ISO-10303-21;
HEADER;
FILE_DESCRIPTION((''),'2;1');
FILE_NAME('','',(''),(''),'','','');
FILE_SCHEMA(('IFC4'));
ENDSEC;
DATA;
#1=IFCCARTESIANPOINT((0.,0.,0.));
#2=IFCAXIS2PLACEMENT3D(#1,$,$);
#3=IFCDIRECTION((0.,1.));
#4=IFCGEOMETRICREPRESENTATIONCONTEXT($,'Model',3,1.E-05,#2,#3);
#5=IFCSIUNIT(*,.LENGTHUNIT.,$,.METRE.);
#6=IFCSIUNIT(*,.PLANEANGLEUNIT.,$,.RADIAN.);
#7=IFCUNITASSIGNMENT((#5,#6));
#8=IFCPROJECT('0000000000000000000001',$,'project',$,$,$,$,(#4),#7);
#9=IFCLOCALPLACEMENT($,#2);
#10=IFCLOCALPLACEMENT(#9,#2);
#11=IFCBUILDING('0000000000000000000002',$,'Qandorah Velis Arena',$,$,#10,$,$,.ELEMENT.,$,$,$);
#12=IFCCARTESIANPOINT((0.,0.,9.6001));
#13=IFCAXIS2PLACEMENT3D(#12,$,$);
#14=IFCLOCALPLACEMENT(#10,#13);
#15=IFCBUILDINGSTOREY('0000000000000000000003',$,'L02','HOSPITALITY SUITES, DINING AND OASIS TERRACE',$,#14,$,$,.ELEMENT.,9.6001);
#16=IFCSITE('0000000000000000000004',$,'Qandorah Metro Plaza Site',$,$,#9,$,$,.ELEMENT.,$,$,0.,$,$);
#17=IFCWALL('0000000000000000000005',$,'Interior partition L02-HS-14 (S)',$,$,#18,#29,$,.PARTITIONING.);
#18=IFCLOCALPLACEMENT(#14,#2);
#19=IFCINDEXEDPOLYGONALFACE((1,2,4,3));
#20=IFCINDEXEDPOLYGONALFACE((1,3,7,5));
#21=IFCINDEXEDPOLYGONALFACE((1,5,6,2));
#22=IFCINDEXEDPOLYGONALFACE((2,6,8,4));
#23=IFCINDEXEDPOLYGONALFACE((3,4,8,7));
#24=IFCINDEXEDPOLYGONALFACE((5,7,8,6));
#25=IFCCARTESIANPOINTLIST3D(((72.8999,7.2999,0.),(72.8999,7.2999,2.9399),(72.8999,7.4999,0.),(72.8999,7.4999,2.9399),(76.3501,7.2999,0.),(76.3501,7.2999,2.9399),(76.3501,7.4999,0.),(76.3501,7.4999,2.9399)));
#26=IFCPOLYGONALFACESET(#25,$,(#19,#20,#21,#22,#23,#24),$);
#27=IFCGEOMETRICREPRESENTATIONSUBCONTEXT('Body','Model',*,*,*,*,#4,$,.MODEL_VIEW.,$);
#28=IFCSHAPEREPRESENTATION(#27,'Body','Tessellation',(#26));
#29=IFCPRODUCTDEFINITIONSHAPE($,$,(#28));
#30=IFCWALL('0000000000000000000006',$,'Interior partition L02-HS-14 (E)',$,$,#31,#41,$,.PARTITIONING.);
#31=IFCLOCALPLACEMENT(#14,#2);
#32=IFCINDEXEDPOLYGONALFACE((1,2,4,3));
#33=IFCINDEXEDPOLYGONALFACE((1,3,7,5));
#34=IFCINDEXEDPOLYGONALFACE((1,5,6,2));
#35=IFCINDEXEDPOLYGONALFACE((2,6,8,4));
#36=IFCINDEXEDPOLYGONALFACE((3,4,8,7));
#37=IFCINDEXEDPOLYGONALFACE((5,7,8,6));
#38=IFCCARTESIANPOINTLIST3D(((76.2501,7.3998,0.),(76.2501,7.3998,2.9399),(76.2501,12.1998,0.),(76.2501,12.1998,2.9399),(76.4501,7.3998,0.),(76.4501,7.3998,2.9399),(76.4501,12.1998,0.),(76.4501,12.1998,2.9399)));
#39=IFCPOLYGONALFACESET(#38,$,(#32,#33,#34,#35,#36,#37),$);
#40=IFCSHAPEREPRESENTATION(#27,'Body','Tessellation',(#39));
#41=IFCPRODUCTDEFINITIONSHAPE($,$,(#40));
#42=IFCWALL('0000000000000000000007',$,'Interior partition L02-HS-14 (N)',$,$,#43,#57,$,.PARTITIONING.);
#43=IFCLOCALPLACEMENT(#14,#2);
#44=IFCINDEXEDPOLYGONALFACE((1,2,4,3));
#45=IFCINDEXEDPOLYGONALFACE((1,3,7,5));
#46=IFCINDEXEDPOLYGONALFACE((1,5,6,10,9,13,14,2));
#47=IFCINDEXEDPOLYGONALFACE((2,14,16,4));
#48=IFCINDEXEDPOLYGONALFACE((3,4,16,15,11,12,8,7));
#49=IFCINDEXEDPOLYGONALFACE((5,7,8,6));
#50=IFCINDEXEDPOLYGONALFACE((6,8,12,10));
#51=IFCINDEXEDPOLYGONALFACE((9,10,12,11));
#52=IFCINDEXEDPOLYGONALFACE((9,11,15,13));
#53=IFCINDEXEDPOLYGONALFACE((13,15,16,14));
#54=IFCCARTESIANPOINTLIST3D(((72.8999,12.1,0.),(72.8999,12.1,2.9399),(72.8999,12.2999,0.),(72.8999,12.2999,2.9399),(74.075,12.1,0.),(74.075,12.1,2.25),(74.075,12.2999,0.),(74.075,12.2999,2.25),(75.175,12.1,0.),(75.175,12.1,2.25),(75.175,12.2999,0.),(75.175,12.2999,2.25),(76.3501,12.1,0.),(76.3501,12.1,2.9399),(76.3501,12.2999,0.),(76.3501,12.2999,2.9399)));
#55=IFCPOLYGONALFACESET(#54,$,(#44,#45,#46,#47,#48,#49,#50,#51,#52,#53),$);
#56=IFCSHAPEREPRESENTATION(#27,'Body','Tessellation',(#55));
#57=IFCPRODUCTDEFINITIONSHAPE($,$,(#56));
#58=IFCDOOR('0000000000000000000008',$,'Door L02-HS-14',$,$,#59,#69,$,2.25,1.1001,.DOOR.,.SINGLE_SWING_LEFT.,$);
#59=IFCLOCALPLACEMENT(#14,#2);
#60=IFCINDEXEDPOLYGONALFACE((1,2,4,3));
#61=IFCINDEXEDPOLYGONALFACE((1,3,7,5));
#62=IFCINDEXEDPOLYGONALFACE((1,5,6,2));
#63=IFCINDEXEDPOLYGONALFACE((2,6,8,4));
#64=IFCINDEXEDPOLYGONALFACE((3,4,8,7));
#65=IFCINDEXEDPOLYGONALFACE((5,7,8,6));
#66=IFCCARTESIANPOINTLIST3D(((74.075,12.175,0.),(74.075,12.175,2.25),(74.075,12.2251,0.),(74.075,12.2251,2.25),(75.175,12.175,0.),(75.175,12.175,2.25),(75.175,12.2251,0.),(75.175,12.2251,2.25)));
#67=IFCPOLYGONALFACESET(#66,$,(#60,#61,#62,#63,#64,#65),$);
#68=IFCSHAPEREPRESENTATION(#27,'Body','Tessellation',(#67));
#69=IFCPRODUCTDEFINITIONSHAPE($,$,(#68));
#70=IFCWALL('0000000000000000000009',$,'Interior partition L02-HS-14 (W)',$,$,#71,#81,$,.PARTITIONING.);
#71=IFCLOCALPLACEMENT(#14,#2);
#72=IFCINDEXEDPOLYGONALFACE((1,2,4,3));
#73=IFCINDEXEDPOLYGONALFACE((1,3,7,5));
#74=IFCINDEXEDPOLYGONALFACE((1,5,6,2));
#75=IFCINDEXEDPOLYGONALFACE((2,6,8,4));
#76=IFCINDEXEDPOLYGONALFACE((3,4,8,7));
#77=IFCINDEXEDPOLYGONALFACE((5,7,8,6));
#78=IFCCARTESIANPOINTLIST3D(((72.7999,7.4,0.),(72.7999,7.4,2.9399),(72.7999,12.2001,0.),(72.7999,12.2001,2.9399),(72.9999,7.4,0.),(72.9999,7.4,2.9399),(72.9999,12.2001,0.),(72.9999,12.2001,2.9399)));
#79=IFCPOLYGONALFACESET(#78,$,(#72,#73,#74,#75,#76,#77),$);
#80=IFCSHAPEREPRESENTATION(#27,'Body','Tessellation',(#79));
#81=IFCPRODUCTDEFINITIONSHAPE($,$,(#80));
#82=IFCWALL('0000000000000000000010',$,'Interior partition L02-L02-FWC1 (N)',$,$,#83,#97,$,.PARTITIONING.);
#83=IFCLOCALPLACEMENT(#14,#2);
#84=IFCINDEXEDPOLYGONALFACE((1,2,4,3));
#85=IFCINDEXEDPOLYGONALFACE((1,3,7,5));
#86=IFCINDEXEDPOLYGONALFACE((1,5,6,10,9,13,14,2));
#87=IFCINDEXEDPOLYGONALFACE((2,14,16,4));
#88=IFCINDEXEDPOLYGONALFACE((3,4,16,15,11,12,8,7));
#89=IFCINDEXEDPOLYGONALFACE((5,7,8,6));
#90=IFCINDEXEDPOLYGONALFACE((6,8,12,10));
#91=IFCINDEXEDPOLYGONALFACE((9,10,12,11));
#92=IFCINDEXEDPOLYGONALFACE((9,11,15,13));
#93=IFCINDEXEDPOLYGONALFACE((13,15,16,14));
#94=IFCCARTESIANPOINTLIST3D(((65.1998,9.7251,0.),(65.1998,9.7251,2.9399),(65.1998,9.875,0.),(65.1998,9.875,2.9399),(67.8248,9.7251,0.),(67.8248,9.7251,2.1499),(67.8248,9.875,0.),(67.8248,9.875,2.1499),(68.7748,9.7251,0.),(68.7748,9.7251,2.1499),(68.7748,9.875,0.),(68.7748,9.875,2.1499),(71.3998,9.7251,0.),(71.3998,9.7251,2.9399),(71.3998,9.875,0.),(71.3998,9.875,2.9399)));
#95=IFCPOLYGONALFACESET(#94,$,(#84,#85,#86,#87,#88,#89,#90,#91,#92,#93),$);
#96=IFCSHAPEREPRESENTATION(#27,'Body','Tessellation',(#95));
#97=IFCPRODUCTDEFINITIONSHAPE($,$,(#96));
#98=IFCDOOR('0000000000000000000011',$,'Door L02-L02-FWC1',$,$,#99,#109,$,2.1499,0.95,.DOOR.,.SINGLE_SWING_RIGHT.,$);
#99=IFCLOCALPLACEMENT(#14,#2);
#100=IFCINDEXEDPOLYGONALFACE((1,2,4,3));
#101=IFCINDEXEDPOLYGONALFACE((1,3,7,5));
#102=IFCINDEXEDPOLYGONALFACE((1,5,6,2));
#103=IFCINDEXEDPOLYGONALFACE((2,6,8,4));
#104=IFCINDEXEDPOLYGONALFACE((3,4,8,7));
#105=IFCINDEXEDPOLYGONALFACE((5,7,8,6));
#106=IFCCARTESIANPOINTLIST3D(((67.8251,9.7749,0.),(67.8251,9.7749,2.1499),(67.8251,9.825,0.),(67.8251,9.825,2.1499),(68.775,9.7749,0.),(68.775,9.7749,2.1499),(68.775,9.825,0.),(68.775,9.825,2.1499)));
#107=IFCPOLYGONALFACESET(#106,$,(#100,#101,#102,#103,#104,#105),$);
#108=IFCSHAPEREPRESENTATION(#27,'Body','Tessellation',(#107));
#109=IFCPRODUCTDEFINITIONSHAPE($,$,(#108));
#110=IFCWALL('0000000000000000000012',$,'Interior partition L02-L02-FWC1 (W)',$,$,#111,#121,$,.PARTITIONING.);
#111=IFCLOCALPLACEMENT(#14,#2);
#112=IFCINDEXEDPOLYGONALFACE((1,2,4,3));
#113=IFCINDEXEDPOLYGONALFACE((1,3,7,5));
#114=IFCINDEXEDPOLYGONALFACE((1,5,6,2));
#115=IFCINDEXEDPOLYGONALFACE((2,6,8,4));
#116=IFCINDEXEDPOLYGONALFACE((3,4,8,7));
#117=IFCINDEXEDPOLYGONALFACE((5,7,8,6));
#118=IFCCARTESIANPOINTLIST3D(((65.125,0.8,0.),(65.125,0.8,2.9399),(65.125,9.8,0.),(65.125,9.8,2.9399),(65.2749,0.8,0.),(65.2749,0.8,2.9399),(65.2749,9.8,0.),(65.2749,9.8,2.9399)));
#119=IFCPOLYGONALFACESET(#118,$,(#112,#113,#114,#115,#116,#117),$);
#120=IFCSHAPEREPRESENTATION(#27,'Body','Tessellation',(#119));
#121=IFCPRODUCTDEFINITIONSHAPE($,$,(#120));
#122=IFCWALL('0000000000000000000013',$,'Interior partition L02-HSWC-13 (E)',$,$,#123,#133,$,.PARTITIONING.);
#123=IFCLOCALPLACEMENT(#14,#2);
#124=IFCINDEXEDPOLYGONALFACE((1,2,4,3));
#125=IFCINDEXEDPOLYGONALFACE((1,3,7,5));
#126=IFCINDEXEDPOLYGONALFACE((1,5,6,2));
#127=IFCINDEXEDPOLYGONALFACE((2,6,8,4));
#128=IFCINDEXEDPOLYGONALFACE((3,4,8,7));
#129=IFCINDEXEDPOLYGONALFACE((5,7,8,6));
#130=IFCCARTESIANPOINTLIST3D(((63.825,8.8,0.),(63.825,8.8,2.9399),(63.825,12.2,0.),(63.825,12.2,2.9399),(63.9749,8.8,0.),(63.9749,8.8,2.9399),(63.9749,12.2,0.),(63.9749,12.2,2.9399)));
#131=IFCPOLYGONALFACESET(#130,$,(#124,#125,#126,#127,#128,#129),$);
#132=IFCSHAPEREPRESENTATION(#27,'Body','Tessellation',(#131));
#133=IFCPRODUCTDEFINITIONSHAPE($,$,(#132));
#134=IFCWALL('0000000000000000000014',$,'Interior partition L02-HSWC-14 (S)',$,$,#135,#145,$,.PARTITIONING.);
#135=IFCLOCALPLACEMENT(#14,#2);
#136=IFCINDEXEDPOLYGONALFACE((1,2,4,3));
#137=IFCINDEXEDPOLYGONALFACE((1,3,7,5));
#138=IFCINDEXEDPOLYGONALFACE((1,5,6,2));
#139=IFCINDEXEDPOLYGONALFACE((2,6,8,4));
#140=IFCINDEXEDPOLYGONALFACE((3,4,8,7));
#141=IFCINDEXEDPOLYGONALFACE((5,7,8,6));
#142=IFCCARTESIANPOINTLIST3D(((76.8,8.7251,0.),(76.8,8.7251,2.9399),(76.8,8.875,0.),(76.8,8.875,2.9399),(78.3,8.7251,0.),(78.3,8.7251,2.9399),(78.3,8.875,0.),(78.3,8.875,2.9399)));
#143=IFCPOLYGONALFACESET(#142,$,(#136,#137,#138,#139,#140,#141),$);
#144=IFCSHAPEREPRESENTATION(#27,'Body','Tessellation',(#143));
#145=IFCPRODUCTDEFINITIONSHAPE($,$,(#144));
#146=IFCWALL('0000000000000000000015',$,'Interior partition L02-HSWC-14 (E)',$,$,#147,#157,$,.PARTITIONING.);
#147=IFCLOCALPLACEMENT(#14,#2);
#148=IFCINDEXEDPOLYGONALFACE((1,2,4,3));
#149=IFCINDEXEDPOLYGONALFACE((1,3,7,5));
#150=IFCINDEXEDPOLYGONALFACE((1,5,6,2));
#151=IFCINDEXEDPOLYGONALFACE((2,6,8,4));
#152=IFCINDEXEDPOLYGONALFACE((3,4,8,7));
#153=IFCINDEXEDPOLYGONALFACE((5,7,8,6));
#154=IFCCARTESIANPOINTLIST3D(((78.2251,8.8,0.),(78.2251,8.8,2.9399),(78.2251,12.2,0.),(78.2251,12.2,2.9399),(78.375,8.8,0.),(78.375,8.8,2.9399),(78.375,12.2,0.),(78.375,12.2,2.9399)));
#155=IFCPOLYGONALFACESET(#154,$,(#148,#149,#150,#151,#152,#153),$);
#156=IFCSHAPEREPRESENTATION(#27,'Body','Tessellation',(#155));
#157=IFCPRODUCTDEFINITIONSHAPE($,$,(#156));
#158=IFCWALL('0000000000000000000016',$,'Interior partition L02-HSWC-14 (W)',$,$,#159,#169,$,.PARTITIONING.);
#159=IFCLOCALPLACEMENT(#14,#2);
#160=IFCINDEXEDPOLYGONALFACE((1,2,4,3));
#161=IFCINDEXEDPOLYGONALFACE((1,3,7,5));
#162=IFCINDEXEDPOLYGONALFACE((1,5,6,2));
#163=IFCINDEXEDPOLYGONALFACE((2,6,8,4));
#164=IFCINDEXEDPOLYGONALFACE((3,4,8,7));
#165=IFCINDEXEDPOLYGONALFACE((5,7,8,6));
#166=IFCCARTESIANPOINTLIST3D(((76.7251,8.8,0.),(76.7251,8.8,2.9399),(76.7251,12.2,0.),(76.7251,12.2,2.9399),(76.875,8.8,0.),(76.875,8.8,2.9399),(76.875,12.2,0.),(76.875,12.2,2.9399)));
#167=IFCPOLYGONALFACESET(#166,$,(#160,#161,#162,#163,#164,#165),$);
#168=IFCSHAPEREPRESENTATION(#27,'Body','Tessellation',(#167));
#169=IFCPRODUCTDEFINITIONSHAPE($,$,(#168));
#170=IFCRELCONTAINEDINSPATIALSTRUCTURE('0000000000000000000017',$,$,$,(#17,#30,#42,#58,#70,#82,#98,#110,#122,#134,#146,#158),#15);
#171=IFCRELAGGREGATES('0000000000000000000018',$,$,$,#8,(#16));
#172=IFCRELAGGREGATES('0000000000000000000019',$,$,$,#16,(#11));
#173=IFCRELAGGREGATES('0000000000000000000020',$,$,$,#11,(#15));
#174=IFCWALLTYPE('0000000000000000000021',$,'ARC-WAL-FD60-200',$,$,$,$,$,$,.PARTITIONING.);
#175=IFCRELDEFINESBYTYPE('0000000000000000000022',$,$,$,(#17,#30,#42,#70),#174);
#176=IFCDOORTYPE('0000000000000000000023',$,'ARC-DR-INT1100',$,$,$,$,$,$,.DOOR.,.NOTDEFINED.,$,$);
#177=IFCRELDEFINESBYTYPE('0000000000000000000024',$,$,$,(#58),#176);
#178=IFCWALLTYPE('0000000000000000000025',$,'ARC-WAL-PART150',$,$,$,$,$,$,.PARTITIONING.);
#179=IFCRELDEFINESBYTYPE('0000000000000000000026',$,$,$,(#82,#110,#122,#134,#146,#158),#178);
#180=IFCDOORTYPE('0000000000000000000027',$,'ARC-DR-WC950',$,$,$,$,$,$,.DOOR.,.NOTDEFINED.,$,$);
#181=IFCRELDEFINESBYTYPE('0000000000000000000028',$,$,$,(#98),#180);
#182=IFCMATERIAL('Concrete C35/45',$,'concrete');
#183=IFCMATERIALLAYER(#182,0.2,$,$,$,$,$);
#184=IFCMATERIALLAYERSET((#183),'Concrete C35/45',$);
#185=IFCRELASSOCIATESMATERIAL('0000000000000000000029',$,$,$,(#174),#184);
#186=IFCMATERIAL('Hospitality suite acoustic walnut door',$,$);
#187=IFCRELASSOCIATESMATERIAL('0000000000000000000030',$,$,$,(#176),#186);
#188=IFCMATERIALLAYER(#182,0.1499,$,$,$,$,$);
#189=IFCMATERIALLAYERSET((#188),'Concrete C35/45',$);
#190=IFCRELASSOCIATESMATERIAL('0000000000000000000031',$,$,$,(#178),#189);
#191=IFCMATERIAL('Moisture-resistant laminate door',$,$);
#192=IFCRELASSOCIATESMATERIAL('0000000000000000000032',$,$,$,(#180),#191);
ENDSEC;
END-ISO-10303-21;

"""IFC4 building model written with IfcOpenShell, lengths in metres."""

from ifc_helpers import new_model, si_unit, direction, frame, frame_2d, origin, place, context, subcontext, project, spatial, rectangle, extrude, material, layer, layer_set, type_object, element, fill, save


model = new_model("IFC4")

# Units and contexts
model_context = context("Model", 3, precision=1e-05, world=origin(), true_north=direction((0.0, 1.0)))
body_context = subcontext(model_context, "Body", "Model", "MODEL_VIEW")
ifc_project = project(units=[si_unit("LENGTHUNIT", "METRE"), si_unit("PLANEANGLEUNIT", "RADIAN")], contexts=[model_context])

# Site, building, storey
site_placement = place(None, origin())
site = spatial("IfcSite", under=ifc_project, at=site_placement, Name="Qandorah Metro Plaza Site", CompositionType="ELEMENT", RefElevation=0.0)
building_placement = place(site_placement, origin())
building = spatial("IfcBuilding", under=site, at=building_placement, Name="Qandorah Velis Arena", CompositionType="ELEMENT")
storey_placement = place(building_placement, frame((0.0, 0.0, 9.6001)))
storey = spatial("IfcBuildingStorey", under=building, at=storey_placement, Name="L02", Description="HOSPITALITY SUITES, DINING AND OASIS TERRACE", CompositionType="ELEMENT", Elevation=9.6001)

# Walls
ifc_material_1 = material(Name="Concrete C35/45", Category="concrete")
ifc_layer_1 = layer(ifc_material_1, 0.2)
ifc_layer_set_1 = layer_set([ifc_layer_1], Name="Concrete C35/45")
wall_type_1 = type_object("IfcWallType", Name="ARC-WAL-FD60-200", PredefinedType="PARTITIONING", material=ifc_layer_set_1)
wall_1_placement = place(storey_placement, frame((72.8999, 7.3999, 0.0), z_axis=(0.0, 0.0, 1.0), x_axis=(1.0, 0.0, 0.0)))
element("IfcWall", 1, at=wall_1_placement, inside=storey, type_object=wall_type_1, Name="Interior partition L02-HS-14 (S)", PredefinedType="PARTITIONING", context=body_context, shape_type="SweptSolid", body=[
    extrude(rectangle(XDim=3.4502, YDim=0.2, at=frame_2d((1.7251, 0.0))), origin(), (0.0, 0.0, 1.0), 2.9399),
])
wall_2_placement = place(storey_placement, frame((76.3501, 7.3999, 0.0), z_axis=(0.0, 0.0, 1.0), x_axis=(0.0, 1.0, 0.0)))
element("IfcWall", 2, at=wall_2_placement, inside=storey, type_object=wall_type_1, Name="Interior partition L02-HS-14 (E)", PredefinedType="PARTITIONING", context=body_context, shape_type="SweptSolid", body=[
    extrude(rectangle(XDim=4.8, YDim=0.2, at=frame_2d((2.3999, 0.0))), origin(), (0.0, 0.0, 1.0), 2.9399),
])

# Wall, opening, door
wall_3_placement = place(storey_placement, frame((76.3501, 12.2, 0.0), z_axis=(0.0, 0.0, 1.0), x_axis=(-1.0, 0.0, 0.0)))
wall_3 = element("IfcWall", 3, at=wall_3_placement, inside=storey, type_object=wall_type_1, Name="Interior partition L02-HS-14 (N)", PredefinedType="PARTITIONING", context=body_context, shape_type="SweptSolid", body=[
    extrude(rectangle(XDim=3.4502, YDim=0.2, at=frame_2d((1.7251, 0.0))), origin(), (0.0, 0.0, 1.0), 2.9399),
])
opening_1_placement = place(wall_3_placement, frame((1.175, 0.0, 0.0)))
opening_1 = element("IfcOpeningElement", 4, at=opening_1_placement, cuts=wall_3, PredefinedType="OPENING", context=body_context, shape_type="SweptSolid", body=[
    extrude(rectangle(XDim=1.1001, YDim=2.25, at=frame_2d((0.55, 1.125))), frame((0.0, 0.1099, 0.0), z_axis=(0.0, -1.0, 0.0), x_axis=(1.0, 0.0, 0.0)), (0.0, 0.0, 1.0), 0.22),
])
ifc_material_2 = material(Name="Hospitality suite acoustic walnut door")
door_type_1 = type_object("IfcDoorType", Name="ARC-DR-INT1100", OperationType="NOTDEFINED", PredefinedType="DOOR", material=ifc_material_2)
door_1_placement = place(opening_1_placement, origin())
door_1 = element("IfcDoor", 5, at=door_1_placement, inside=storey, type_object=door_type_1, Name="Door L02-HS-14", OperationType="SINGLE_SWING_LEFT", OverallHeight=2.25, OverallWidth=1.1001, PredefinedType="DOOR", context=body_context, shape_type="SweptSolid", body=[
    extrude(rectangle(XDim=1.1001, YDim=2.25, at=frame_2d((0.55, 1.125))), frame((0.0, 0.0249, 0.0), z_axis=(0.0, -1.0, 0.0), x_axis=(1.0, 0.0, 0.0)), (0.0, 0.0, 1.0), 0.05),
])
fill(opening_1, door_1)

# Wall
wall_4_placement = place(storey_placement, frame((72.8999, 12.2, 0.0), z_axis=(0.0, 0.0, 1.0), x_axis=(0.0, -1.0, 0.0)))
element("IfcWall", 6, at=wall_4_placement, inside=storey, type_object=wall_type_1, Name="Interior partition L02-HS-14 (W)", PredefinedType="PARTITIONING", context=body_context, shape_type="SweptSolid", body=[
    extrude(rectangle(XDim=4.8, YDim=0.2, at=frame_2d((2.3999, 0.0))), origin(), (0.0, 0.0, 1.0), 2.9399),
])

# Wall, opening, door
ifc_layer_2 = layer(ifc_material_1, 0.1499)
ifc_layer_set_2 = layer_set([ifc_layer_2], Name="Concrete C35/45")
wall_type_2 = type_object("IfcWallType", Name="ARC-WAL-PART150", PredefinedType="PARTITIONING", material=ifc_layer_set_2)
wall_5_placement = place(storey_placement, frame((71.3999, 9.8, 0.0), z_axis=(0.0, 0.0, 1.0), x_axis=(-1.0, 0.0, 0.0)))
wall_5 = element("IfcWall", 7, at=wall_5_placement, inside=storey, type_object=wall_type_2, Name="Interior partition L02-L02-FWC1 (N)", PredefinedType="PARTITIONING", context=body_context, shape_type="SweptSolid", body=[
    extrude(rectangle(XDim=6.2, YDim=0.1499, at=frame_2d((3.1001, 0.0))), origin(), (0.0, 0.0, 1.0), 2.9399),
])
opening_2_placement = place(wall_5_placement, frame((2.625, 0.0, 0.0)))
opening_2 = element("IfcOpeningElement", 8, at=opening_2_placement, cuts=wall_5, PredefinedType="OPENING", context=body_context, shape_type="SweptSolid", body=[
    extrude(rectangle(XDim=0.95, YDim=2.1499, at=frame_2d((0.4751, 1.075))), frame((0.0, 0.085, 0.0), z_axis=(0.0, -1.0, 0.0), x_axis=(1.0, 0.0, 0.0)), (0.0, 0.0, 1.0), 0.1699),
])
ifc_material_3 = material(Name="Moisture-resistant laminate door")
door_type_2 = type_object("IfcDoorType", Name="ARC-DR-WC950", OperationType="NOTDEFINED", PredefinedType="DOOR", material=ifc_material_3)
door_2_placement = place(opening_2_placement, frame((0.95, 0.0, 0.0), z_axis=(0.0, 0.0, 1.0), x_axis=(-1.0, 0.0, 0.0)))
door_2 = element("IfcDoor", 9, at=door_2_placement, inside=storey, type_object=door_type_2, Name="Door L02-L02-FWC1", OperationType="SINGLE_SWING_RIGHT", OverallHeight=2.1499, OverallWidth=0.95, PredefinedType="DOOR", context=body_context, shape_type="SweptSolid", body=[
    extrude(rectangle(XDim=0.95, YDim=2.1499, at=frame_2d((0.4751, 1.075))), frame((0.0, 0.0249, 0.0), z_axis=(0.0, -1.0, 0.0), x_axis=(1.0, 0.0, 0.0)), (0.0, 0.0, 1.0), 0.05),
])
fill(opening_2, door_2)

# Walls
wall_6_placement = place(storey_placement, frame((65.2, 9.8, 0.0), z_axis=(0.0, 0.0, 1.0), x_axis=(0.0, -1.0, 0.0)))
element("IfcWall", 10, at=wall_6_placement, inside=storey, type_object=wall_type_2, Name="Interior partition L02-L02-FWC1 (W)", PredefinedType="PARTITIONING", context=body_context, shape_type="SweptSolid", body=[
    extrude(rectangle(XDim=9.0, YDim=0.1499, at=frame_2d((4.5, 0.0))), origin(), (0.0, 0.0, 1.0), 2.9399),
])
wall_7_placement = place(storey_placement, frame((63.8999, 8.8, 0.0), z_axis=(0.0, 0.0, 1.0), x_axis=(0.0, 1.0, 0.0)))
element("IfcWall", 11, at=wall_7_placement, inside=storey, type_object=wall_type_2, Name="Interior partition L02-HSWC-13 (E)", PredefinedType="PARTITIONING", context=body_context, shape_type="SweptSolid", body=[
    extrude(rectangle(XDim=3.3999, YDim=0.1499, at=frame_2d((1.7, 0.0))), origin(), (0.0, 0.0, 1.0), 2.9399),
])

# Walls
wall_8_placement = place(storey_placement, frame((76.8, 8.8, 0.0), z_axis=(0.0, 0.0, 1.0), x_axis=(1.0, 0.0, 0.0)))
element("IfcWall", 12, at=wall_8_placement, inside=storey, type_object=wall_type_2, Name="Interior partition L02-HSWC-14 (S)", PredefinedType="PARTITIONING", context=body_context, shape_type="SweptSolid", body=[
    extrude(rectangle(XDim=1.5, YDim=0.1499, at=frame_2d((0.75, 0.0))), origin(), (0.0, 0.0, 1.0), 2.9399),
])
wall_9_placement = place(storey_placement, frame((78.3, 8.8, 0.0), z_axis=(0.0, 0.0, 1.0), x_axis=(0.0, 1.0, 0.0)))
element("IfcWall", 13, at=wall_9_placement, inside=storey, type_object=wall_type_2, Name="Interior partition L02-HSWC-14 (E)", PredefinedType="PARTITIONING", context=body_context, shape_type="SweptSolid", body=[
    extrude(rectangle(XDim=3.3999, YDim=0.1499, at=frame_2d((1.7, 0.0))), origin(), (0.0, 0.0, 1.0), 2.9399),
])

# Wall
wall_10_placement = place(storey_placement, frame((76.8, 12.2, 0.0), z_axis=(0.0, 0.0, 1.0), x_axis=(0.0, -1.0, 0.0)))
element("IfcWall", 14, at=wall_10_placement, inside=storey, type_object=wall_type_2, Name="Interior partition L02-HSWC-14 (W)", PredefinedType="PARTITIONING", context=body_context, shape_type="SweptSolid", body=[
    extrude(rectangle(XDim=3.3999, YDim=0.1499, at=frame_2d((1.7, 0.0))), origin(), (0.0, 0.0, 1.0), 2.9399),
])

save(model, "model.ifc")
